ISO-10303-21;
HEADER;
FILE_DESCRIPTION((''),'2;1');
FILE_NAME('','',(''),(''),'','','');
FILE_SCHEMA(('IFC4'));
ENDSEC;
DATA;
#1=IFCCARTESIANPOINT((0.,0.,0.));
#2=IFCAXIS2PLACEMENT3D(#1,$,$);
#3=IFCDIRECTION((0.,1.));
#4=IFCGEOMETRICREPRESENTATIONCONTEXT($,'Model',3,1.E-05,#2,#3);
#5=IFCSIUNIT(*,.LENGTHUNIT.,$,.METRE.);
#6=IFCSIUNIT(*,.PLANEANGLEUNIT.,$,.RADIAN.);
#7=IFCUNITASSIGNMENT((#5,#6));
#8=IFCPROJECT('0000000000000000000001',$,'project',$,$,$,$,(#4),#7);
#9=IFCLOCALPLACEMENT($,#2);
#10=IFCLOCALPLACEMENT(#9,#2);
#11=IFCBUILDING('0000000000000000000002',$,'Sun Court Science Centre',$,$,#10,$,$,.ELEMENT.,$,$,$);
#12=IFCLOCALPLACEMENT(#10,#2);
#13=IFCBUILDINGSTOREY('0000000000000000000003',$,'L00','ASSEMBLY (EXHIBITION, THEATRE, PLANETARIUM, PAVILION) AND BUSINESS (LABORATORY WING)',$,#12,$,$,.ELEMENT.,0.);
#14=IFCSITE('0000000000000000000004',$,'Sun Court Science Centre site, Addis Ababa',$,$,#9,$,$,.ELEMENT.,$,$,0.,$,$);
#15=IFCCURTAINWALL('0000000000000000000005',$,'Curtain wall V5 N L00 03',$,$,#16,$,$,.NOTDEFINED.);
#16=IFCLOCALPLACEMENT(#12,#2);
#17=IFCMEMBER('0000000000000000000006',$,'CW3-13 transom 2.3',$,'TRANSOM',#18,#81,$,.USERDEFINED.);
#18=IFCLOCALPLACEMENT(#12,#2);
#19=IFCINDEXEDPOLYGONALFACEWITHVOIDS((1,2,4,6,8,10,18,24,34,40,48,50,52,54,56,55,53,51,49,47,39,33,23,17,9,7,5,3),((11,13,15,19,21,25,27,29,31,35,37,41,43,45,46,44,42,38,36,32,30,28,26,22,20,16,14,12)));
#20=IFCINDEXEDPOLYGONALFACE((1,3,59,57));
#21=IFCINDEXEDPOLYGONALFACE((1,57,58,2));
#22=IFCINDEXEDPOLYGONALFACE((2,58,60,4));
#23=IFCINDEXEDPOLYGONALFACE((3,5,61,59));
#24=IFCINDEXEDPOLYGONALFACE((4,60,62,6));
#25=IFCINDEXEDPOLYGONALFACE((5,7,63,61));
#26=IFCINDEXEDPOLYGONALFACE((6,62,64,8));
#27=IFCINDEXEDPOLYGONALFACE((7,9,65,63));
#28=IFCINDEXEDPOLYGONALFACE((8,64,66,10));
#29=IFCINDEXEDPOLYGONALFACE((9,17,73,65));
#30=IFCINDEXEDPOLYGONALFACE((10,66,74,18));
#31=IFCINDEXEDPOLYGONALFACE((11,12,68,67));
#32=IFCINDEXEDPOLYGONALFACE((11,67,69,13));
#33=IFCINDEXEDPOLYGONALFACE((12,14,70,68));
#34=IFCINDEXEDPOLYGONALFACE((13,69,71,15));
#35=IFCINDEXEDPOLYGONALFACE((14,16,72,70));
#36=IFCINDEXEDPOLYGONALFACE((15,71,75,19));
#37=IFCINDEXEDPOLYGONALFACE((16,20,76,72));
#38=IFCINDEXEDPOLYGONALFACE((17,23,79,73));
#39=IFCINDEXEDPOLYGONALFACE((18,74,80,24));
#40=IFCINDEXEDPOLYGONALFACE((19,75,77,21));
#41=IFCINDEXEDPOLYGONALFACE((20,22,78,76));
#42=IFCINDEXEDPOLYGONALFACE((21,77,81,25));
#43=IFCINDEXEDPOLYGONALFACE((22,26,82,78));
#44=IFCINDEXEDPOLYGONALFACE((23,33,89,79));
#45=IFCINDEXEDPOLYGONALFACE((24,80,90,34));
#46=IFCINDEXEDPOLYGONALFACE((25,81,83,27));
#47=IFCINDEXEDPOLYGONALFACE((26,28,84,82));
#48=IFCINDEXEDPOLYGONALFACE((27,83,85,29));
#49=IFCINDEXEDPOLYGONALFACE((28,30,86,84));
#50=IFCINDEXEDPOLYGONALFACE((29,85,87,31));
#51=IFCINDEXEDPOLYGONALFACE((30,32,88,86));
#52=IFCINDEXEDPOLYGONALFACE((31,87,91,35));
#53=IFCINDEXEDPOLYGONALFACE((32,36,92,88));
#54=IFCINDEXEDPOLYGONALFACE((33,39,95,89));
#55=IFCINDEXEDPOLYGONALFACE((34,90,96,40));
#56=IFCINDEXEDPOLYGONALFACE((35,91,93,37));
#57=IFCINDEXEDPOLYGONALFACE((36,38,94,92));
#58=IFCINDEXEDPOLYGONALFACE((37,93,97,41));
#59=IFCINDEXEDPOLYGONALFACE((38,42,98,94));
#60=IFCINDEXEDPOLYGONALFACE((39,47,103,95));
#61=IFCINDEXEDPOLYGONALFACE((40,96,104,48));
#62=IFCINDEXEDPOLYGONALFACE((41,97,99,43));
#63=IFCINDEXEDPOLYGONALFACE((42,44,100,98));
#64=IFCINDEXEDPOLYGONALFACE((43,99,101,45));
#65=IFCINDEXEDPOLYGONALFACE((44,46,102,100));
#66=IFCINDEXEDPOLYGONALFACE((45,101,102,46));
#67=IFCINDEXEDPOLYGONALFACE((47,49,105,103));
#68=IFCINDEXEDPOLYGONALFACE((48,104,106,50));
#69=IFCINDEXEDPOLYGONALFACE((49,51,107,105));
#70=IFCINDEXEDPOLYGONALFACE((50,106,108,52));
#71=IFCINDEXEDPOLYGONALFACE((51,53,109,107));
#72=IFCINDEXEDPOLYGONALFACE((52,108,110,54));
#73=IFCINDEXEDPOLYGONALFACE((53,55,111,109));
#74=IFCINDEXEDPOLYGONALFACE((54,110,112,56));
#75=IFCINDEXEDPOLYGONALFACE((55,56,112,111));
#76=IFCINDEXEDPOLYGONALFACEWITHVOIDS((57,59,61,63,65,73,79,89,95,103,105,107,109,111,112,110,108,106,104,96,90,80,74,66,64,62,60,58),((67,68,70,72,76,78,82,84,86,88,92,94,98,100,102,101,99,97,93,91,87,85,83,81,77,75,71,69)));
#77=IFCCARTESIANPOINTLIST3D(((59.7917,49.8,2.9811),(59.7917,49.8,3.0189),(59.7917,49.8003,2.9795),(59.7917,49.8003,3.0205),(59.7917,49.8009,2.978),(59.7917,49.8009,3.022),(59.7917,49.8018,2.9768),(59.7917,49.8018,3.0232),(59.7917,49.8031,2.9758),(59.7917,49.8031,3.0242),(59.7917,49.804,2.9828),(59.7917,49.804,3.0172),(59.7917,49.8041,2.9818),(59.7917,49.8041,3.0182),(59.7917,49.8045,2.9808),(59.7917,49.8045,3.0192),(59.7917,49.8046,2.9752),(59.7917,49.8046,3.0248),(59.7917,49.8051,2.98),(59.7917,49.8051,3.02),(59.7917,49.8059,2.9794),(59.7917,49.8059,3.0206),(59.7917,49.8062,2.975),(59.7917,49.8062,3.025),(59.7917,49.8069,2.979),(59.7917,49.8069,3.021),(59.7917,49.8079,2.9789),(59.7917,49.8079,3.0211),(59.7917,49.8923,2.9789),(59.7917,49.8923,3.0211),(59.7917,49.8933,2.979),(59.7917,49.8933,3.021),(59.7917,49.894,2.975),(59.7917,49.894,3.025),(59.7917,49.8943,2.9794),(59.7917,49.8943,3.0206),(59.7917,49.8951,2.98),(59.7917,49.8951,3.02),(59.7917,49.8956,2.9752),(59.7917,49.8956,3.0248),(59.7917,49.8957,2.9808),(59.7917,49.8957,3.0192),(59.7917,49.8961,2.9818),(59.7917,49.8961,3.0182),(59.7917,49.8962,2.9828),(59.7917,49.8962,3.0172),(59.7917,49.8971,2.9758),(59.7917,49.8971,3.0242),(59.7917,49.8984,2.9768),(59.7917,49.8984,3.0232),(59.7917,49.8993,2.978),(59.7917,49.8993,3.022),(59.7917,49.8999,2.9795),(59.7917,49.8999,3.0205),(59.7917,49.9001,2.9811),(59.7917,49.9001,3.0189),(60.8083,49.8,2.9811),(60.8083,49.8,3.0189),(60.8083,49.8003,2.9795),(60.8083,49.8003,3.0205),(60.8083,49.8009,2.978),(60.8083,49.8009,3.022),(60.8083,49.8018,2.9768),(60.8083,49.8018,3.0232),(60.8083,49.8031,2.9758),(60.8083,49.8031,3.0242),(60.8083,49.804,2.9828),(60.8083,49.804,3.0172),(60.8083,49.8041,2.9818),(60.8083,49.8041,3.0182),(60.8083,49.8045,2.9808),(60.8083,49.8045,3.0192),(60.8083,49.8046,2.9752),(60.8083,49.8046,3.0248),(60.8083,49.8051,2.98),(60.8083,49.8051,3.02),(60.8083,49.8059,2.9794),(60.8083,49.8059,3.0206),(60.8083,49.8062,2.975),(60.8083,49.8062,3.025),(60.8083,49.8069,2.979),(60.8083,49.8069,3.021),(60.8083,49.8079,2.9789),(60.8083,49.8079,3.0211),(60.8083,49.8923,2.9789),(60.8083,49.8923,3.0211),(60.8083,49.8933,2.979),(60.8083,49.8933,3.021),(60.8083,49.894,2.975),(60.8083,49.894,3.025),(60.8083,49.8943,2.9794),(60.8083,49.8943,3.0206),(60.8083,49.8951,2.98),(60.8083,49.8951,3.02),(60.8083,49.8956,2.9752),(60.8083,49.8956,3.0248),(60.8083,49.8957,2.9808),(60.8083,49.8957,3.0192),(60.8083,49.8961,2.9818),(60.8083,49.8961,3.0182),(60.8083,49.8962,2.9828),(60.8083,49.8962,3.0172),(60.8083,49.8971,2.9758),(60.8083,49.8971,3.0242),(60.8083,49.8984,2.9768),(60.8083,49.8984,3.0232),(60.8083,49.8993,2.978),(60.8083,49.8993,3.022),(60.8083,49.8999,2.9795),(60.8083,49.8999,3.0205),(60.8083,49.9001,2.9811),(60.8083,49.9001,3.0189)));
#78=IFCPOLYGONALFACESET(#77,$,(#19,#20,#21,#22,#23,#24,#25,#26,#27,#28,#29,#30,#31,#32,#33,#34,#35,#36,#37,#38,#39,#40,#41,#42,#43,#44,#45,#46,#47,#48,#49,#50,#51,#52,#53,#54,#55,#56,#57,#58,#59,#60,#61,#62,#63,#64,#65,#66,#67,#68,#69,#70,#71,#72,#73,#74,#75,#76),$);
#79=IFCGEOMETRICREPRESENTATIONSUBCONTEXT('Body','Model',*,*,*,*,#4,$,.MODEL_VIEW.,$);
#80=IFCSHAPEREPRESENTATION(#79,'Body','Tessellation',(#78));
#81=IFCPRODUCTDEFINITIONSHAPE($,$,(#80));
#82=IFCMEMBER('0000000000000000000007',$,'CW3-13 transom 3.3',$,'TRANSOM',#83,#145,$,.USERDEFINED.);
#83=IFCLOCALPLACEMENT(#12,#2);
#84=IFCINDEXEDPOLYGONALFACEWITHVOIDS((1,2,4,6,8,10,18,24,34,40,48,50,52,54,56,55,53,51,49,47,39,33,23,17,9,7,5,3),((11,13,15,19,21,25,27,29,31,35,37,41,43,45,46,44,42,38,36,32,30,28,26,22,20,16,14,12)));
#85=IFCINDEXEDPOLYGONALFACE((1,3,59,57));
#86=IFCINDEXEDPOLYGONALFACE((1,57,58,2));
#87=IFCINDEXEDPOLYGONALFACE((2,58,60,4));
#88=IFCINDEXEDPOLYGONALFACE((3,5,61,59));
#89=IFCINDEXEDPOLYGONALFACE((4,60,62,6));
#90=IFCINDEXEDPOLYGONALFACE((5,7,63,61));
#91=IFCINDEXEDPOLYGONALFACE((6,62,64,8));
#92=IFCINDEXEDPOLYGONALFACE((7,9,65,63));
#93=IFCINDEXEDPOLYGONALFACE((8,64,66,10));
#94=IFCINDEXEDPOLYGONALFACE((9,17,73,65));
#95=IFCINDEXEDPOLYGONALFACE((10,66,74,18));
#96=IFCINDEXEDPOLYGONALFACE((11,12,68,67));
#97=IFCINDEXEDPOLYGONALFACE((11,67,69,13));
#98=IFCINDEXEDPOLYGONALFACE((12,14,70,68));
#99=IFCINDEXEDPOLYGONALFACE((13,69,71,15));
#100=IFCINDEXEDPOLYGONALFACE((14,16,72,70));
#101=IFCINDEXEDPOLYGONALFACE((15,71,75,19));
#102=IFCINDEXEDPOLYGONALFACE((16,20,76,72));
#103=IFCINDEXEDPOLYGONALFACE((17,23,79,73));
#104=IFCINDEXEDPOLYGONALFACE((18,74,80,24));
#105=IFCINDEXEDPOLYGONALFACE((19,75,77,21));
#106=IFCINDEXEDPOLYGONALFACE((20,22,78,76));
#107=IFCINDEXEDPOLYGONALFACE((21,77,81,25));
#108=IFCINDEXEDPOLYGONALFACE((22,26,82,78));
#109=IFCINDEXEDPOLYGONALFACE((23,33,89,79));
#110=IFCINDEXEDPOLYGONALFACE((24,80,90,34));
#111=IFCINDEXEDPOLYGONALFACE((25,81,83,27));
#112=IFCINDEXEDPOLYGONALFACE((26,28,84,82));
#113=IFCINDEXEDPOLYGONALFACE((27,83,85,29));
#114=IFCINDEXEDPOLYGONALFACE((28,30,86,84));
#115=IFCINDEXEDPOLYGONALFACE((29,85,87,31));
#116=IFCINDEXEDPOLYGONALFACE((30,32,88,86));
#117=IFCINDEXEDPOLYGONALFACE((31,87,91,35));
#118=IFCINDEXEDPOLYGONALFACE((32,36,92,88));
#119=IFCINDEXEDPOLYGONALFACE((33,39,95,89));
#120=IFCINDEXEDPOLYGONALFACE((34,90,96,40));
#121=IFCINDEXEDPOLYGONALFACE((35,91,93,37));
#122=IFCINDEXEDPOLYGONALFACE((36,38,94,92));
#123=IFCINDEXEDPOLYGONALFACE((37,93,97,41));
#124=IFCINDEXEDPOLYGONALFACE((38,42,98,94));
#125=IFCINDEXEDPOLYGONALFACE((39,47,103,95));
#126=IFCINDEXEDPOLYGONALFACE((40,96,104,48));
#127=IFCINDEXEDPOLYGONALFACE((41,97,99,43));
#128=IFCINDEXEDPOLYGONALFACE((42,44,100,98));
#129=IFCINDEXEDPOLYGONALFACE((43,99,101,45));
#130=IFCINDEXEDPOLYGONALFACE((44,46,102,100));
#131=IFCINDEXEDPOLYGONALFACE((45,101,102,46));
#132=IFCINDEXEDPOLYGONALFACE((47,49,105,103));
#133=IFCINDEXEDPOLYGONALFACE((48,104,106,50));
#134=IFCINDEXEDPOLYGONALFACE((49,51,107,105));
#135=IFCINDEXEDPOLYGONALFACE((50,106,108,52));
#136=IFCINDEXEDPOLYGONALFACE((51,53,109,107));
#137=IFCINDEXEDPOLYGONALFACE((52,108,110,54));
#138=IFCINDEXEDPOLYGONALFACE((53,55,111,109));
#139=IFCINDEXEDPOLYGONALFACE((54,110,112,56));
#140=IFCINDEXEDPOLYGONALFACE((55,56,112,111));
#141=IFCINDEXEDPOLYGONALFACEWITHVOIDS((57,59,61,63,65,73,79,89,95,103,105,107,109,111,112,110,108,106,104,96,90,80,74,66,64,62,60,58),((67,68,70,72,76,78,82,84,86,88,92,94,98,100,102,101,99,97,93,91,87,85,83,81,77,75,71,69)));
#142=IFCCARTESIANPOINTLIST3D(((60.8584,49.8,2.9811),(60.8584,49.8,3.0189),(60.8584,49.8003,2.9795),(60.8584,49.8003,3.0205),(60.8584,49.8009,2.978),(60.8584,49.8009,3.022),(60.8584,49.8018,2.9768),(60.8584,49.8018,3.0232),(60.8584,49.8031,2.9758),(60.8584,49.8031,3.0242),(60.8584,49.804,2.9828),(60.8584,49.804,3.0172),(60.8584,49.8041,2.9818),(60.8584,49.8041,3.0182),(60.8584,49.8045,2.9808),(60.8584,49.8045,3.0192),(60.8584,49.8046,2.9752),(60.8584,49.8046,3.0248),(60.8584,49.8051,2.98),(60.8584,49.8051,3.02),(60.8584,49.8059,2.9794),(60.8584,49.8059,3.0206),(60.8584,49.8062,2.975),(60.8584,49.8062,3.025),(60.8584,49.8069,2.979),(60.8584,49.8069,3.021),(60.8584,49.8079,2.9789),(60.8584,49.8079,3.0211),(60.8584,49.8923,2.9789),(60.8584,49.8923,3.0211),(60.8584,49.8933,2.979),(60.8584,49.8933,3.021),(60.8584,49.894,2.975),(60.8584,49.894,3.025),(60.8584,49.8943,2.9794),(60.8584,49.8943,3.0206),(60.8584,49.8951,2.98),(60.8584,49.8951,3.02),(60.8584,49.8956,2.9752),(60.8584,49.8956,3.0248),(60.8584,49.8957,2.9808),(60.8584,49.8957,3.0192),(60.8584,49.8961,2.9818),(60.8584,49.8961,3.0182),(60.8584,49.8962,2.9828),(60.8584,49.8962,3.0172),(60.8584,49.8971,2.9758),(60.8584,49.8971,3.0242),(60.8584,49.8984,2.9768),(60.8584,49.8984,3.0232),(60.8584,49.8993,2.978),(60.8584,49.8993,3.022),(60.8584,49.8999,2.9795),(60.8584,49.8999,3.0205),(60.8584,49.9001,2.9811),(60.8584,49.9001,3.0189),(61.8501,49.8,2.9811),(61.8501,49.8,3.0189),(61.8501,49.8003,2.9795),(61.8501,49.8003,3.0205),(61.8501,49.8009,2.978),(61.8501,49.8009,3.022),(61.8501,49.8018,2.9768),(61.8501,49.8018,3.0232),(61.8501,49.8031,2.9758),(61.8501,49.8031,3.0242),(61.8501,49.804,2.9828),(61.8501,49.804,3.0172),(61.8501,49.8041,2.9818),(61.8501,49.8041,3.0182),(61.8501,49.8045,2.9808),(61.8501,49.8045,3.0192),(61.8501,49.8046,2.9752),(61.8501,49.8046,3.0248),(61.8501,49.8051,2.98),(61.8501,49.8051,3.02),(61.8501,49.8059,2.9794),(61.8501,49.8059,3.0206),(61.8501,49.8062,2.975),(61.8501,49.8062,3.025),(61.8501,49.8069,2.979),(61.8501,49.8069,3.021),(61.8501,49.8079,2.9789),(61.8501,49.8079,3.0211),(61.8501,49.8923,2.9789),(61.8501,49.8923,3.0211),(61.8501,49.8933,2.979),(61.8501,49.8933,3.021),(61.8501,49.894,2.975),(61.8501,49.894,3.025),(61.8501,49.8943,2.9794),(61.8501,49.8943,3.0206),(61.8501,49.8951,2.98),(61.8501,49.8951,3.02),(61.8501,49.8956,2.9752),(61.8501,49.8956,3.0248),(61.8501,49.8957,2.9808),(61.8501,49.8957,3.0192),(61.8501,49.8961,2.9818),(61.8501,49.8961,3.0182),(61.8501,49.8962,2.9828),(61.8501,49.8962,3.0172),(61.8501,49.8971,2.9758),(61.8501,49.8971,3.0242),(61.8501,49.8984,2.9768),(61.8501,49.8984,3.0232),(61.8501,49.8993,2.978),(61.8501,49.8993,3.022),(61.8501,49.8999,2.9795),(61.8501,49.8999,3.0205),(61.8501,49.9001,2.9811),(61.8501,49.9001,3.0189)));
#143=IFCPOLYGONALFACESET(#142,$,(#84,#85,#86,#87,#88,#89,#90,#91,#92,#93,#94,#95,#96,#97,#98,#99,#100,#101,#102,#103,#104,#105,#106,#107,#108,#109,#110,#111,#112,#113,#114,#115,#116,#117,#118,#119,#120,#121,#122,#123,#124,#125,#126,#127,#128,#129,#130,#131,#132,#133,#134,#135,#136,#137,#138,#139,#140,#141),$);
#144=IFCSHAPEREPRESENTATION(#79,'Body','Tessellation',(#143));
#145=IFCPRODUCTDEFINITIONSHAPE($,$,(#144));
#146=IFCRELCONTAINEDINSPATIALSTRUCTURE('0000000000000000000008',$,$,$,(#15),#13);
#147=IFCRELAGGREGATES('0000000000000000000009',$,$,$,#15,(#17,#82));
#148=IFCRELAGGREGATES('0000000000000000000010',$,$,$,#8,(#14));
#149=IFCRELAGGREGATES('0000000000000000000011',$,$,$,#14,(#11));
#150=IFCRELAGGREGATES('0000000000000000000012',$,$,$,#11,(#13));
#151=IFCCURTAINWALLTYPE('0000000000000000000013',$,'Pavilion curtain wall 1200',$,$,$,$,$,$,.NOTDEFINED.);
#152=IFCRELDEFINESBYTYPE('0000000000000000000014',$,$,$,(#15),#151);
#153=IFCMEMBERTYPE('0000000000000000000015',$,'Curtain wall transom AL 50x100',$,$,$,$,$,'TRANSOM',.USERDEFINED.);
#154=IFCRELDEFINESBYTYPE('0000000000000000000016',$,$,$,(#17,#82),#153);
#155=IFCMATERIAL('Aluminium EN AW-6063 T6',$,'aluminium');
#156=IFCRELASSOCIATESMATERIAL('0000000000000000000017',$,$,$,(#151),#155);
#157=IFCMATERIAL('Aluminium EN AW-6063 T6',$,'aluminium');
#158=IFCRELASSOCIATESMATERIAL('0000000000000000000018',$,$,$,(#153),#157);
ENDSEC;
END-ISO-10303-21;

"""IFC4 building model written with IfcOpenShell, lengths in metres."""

from ifc_helpers import new_model, si_unit, direction, frame, origin, origin_2d, place, context, subcontext, project, spatial, hollow_rectangle, extrude, material, material_profile, profile_set, type_object, element, aggregate, save


model = new_model("IFC4")

# Units and contexts
model_context = context("Model", 3, precision=1e-05, world=origin(), true_north=direction((0.0, 1.0)))
body_context = subcontext(model_context, "Body", "Model", "MODEL_VIEW")
ifc_project = project(units=[si_unit("LENGTHUNIT", "METRE"), si_unit("PLANEANGLEUNIT", "RADIAN")], contexts=[model_context])

# Site, building, storey
site_placement = place(None, origin())
site = spatial("IfcSite", under=ifc_project, at=site_placement, Name="Sun Court Science Centre site, Addis Ababa", CompositionType="ELEMENT", RefElevation=0.0)
building_placement = place(site_placement, origin())
building = spatial("IfcBuilding", under=site, at=building_placement, Name="Sun Court Science Centre", CompositionType="ELEMENT")
storey_placement = place(building_placement, origin())
storey = spatial("IfcBuildingStorey", under=building, at=storey_placement, Name="L00", Description="ASSEMBLY (EXHIBITION, THEATRE, PLANETARIUM, PAVILION) AND BUSINESS (LABORATORY WING)", CompositionType="ELEMENT", Elevation=0.0)

# Curtain wall
ifc_material_1 = material(Name="Aluminium EN AW-6063 T6", Category="aluminium")
curtain_wall_type = type_object("IfcCurtainWallType", Name="Pavilion curtain wall 1200", PredefinedType="NOTDEFINED", material=ifc_material_1)
curtain_wall_1_placement = place(storey_placement, origin())
curtain_wall_1 = element("IfcCurtainWall", 1, at=curtain_wall_1_placement, inside=storey, type_object=curtain_wall_type, Name="Curtain wall V5 N L00 03", PredefinedType="NOTDEFINED")

# Members
ifc_material_2 = material(Name="Aluminium EN AW-6063 T6", Category="aluminium")
ifc_material_profile_1 = material_profile(ifc_material_2, hollow_rectangle(XDim=0.05, YDim=0.1001, WallThickness=0.0039, InnerFilletRadius=0.0039, OuterFilletRadius=0.0061, at=origin_2d()), Name="AL 50x100x4")
ifc_profile_set_1 = profile_set([ifc_material_profile_1], Name="Aluminium EN AW-6063 T6")
member_type_1 = type_object("IfcMemberType", Name="Curtain wall transom AL 50x100", ElementType="TRANSOM", PredefinedType="USERDEFINED", material=ifc_profile_set_1)
member_1_placement = place(storey_placement, frame((59.7917, 49.8501, 3.0), z_axis=(1.0, 0.0, 0.0), x_axis=(0.0, 0.0, 1.0)))
member_1 = element("IfcMember", 2, at=member_1_placement, type_object=member_type_1, Name="CW3-13 transom 2.3", ObjectType="TRANSOM", PredefinedType="USERDEFINED", context=body_context, shape_type="SweptSolid", body=[
    extrude(hollow_rectangle(XDim=0.05, YDim=0.1001, WallThickness=0.0039, InnerFilletRadius=0.0039, OuterFilletRadius=0.0061, at=origin_2d()), origin(), (0.0, 0.0, 1.0), 1.0166),
])
member_2_placement = place(storey_placement, frame((60.8584, 49.8501, 3.0), z_axis=(1.0, 0.0, 0.0), x_axis=(0.0, 0.0, 1.0)))
member_2 = element("IfcMember", 3, at=member_2_placement, type_object=member_type_1, Name="CW3-13 transom 3.3", ObjectType="TRANSOM", PredefinedType="USERDEFINED", context=body_context, shape_type="SweptSolid", body=[
    extrude(hollow_rectangle(XDim=0.05, YDim=0.1001, WallThickness=0.0039, InnerFilletRadius=0.0039, OuterFilletRadius=0.0061, at=origin_2d()), origin(), (0.0, 0.0, 1.0), 0.9917),
])

aggregate(curtain_wall_1, [member_1, member_2])

save(model, "model.ifc")
